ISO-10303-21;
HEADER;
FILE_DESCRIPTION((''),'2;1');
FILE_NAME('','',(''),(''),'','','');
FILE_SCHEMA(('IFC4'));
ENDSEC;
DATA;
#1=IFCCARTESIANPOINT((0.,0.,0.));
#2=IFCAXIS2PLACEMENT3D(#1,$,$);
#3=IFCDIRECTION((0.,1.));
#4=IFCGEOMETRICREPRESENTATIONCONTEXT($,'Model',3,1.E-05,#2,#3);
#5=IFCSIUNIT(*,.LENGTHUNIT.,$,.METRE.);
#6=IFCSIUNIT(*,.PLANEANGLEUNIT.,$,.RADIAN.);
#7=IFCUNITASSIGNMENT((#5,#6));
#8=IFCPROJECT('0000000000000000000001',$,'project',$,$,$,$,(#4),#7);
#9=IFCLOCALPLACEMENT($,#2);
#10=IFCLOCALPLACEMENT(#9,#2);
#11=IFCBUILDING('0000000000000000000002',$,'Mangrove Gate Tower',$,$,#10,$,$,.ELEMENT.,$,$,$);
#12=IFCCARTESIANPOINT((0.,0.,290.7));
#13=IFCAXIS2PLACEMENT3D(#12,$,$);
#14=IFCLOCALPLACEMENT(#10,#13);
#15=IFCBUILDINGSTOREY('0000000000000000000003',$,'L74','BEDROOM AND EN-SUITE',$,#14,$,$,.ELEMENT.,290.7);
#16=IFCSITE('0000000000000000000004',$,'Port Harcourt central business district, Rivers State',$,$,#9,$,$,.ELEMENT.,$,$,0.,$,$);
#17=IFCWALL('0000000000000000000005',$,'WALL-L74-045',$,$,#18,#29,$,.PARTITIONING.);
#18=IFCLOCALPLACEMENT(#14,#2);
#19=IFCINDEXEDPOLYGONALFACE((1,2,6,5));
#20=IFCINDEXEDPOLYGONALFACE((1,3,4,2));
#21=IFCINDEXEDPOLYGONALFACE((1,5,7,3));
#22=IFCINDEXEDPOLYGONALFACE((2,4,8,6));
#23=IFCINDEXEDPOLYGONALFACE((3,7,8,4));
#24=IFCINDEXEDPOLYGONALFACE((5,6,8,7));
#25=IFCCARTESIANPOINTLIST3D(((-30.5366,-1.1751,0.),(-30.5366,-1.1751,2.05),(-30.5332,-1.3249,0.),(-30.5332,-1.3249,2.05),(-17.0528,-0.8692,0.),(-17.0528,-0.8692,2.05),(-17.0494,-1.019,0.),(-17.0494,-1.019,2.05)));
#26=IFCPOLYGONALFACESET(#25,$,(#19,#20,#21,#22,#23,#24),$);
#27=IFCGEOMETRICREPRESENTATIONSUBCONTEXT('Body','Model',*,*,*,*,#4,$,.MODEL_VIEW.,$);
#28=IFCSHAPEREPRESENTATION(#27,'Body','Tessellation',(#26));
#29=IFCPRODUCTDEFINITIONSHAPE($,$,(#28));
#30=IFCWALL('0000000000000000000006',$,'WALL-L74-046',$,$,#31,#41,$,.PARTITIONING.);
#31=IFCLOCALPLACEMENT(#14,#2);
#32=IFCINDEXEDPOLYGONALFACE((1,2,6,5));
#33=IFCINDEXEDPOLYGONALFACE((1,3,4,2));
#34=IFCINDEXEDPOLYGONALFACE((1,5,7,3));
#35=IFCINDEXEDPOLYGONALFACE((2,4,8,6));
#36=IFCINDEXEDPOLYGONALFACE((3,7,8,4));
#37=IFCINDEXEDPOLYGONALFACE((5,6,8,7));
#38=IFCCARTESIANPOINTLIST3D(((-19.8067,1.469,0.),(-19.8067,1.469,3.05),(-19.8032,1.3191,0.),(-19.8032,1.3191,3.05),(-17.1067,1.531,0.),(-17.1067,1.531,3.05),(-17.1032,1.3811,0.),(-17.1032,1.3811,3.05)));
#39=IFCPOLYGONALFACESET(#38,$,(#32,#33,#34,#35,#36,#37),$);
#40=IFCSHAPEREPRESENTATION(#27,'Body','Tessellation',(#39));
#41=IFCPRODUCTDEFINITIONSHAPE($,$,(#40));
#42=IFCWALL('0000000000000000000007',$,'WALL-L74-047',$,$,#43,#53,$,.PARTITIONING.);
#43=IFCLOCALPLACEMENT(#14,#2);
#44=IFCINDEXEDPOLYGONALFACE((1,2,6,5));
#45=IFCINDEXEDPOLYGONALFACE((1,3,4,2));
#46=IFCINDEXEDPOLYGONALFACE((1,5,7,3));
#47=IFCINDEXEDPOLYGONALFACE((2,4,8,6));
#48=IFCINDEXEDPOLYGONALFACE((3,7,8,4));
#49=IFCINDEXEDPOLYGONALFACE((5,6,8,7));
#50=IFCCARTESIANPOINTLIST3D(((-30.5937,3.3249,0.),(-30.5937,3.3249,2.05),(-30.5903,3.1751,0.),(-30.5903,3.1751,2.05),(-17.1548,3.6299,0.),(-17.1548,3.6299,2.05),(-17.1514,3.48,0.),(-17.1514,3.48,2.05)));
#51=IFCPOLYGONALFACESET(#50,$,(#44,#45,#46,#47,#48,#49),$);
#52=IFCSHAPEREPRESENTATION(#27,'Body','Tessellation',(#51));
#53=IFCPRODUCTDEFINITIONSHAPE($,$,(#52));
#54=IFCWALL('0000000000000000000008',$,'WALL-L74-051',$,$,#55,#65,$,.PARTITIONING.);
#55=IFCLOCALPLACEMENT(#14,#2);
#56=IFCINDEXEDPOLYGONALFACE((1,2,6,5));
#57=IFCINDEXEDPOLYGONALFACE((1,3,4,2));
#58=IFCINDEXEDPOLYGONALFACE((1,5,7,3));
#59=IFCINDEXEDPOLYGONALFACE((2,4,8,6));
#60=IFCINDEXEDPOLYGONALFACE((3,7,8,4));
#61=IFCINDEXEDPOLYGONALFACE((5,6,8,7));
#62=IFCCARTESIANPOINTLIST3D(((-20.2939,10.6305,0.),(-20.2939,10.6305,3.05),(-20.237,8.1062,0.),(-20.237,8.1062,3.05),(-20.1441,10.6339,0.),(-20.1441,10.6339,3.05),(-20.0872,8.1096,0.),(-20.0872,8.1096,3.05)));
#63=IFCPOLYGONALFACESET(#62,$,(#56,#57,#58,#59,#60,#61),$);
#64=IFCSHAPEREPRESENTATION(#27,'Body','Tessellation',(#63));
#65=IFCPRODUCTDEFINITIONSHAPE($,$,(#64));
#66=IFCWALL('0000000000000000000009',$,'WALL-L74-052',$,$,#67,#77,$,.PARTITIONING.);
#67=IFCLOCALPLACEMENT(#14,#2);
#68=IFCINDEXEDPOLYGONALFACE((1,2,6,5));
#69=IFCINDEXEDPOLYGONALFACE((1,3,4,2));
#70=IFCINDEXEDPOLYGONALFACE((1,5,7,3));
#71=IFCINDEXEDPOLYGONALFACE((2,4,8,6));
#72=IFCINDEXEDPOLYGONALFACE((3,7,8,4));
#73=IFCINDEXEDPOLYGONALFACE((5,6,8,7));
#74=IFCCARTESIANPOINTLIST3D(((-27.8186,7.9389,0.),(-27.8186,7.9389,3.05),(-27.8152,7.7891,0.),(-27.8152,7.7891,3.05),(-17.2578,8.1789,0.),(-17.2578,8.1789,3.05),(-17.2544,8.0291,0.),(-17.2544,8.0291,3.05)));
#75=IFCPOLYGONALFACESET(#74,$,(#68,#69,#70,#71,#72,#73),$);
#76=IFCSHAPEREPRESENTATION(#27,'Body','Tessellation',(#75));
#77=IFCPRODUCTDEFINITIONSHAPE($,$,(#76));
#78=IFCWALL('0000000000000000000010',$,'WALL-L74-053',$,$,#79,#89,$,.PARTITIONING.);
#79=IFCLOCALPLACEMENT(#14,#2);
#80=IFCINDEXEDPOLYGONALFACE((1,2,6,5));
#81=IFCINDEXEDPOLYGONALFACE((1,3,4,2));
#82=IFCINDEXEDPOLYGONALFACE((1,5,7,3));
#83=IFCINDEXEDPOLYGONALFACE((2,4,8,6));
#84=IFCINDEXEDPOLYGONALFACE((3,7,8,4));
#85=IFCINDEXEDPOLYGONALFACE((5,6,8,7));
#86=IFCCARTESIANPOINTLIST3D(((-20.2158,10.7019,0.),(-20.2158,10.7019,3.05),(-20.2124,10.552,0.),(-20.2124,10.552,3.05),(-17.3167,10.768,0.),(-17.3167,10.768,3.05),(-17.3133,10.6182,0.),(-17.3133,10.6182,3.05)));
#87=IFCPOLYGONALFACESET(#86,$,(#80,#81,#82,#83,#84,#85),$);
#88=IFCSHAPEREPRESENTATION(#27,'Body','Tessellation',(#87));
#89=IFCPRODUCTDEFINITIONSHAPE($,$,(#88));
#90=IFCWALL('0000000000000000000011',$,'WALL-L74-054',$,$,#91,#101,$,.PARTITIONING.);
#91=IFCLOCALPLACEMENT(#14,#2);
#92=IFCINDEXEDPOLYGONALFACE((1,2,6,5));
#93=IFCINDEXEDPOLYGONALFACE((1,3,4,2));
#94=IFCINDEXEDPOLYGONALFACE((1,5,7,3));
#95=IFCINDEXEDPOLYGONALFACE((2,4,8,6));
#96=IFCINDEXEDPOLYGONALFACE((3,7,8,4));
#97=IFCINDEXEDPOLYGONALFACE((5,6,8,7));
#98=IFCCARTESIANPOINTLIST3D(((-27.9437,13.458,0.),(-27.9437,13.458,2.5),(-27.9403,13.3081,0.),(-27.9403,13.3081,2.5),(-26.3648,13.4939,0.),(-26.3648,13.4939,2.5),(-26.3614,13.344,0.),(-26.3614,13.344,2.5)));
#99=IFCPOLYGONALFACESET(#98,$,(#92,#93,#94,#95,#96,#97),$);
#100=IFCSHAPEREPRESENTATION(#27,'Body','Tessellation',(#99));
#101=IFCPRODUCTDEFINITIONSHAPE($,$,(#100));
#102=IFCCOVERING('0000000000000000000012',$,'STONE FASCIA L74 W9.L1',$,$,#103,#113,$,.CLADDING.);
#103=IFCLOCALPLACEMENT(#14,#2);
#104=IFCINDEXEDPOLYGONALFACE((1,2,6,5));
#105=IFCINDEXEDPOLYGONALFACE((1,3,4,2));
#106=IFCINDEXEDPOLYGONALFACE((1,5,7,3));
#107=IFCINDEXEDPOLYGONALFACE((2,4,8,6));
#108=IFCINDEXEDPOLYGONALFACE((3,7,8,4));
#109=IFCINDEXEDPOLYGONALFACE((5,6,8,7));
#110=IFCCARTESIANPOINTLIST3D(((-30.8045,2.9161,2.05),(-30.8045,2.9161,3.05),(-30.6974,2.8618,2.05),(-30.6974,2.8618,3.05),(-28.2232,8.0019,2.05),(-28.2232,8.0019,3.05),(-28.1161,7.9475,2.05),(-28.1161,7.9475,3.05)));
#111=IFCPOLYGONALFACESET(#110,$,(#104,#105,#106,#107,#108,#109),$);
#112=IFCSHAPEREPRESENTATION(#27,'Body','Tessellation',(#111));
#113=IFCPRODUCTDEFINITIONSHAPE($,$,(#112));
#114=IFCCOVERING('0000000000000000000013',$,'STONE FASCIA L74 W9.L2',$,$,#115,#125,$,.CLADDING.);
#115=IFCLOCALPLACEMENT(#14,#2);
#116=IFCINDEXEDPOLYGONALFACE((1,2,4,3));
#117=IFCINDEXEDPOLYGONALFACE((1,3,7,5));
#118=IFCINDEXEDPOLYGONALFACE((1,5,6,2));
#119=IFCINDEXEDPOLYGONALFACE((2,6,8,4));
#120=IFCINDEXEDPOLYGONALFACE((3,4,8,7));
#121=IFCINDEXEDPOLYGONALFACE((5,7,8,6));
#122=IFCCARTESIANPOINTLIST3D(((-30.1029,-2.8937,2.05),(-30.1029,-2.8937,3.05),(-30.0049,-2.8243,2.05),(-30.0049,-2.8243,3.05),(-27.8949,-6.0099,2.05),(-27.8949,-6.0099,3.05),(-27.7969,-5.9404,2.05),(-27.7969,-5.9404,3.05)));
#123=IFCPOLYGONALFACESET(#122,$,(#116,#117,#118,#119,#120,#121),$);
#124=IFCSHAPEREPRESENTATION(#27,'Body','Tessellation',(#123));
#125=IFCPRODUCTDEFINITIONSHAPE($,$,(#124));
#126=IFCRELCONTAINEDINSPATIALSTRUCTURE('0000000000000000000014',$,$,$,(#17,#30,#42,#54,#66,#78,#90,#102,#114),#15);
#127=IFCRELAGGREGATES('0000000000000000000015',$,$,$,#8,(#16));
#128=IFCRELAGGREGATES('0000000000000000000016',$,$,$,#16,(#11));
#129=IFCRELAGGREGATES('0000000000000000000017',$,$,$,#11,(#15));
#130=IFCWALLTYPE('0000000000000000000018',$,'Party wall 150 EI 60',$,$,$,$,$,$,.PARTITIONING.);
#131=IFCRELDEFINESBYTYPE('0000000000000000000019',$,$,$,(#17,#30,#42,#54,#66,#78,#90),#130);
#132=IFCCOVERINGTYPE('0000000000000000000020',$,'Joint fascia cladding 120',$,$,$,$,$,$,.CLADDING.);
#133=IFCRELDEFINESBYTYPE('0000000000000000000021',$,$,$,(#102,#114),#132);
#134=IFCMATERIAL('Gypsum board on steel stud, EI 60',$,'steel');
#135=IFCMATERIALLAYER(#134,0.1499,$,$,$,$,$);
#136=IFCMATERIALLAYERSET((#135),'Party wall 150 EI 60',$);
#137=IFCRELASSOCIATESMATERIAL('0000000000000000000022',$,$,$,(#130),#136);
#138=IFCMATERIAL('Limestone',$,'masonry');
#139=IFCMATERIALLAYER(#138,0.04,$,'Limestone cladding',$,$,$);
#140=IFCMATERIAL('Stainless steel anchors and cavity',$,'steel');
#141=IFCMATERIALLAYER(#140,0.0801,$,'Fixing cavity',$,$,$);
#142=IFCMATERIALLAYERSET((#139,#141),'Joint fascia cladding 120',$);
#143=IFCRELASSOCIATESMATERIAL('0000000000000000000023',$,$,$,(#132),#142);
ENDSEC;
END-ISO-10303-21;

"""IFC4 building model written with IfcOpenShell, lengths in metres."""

from ifc_helpers import new_model, si_unit, direction, frame, frame_2d, origin, place, context, subcontext, project, spatial, rectangle, extrude, material, layer, layer_set, type_object, element, save


model = new_model("IFC4")

# Units and contexts
model_context = context("Model", 3, precision=1e-05, world=origin(), true_north=direction((0.0, 1.0)))
body_context = subcontext(model_context, "Body", "Model", "MODEL_VIEW")
ifc_project = project(units=[si_unit("LENGTHUNIT", "METRE"), si_unit("PLANEANGLEUNIT", "RADIAN")], contexts=[model_context])

# Site, building, storey
site_placement = place(None, origin())
site = spatial("IfcSite", under=ifc_project, at=site_placement, Name="Port Harcourt central business district, Rivers State", CompositionType="ELEMENT", RefElevation=0.0)
building_placement = place(site_placement, origin())
building = spatial("IfcBuilding", under=site, at=building_placement, Name="Mangrove Gate Tower", CompositionType="ELEMENT")
storey_placement = place(building_placement, frame((0.0, 0.0, 290.7)))
storey = spatial("IfcBuildingStorey", under=building, at=storey_placement, Name="L74", Description="BEDROOM AND EN-SUITE", CompositionType="ELEMENT", Elevation=290.7)

# Shared definitions
ifc_material_1 = material(Name="Limestone", Category="masonry")

# Walls
ifc_material_2 = material(Name="Gypsum board on steel stud, EI 60", Category="steel")
ifc_layer_1 = layer(ifc_material_2, 0.1499)
ifc_layer_set_1 = layer_set([ifc_layer_1], Name="Party wall 150 EI 60")
wall_type_1 = type_object("IfcWallType", Name="Party wall 150 EI 60", PredefinedType="PARTITIONING", material=ifc_layer_set_1)
wall_1_placement = place(storey_placement, frame((-30.5349, -1.25, 0.0), z_axis=(0.0, 0.0, 1.0), x_axis=(0.999743, 0.022681, 0.0)))
element("IfcWall", 1, at=wall_1_placement, inside=storey, type_object=wall_type_1, Name="WALL-L74-045", PredefinedType="PARTITIONING", context=body_context, shape_type="SweptSolid", body=[
    extrude(rectangle(XDim=13.4873, YDim=0.1499, at=frame_2d((6.7437, 0.0))), origin(), (0.0, 0.0, 1.0), 2.05),
])
wall_2_placement = place(storey_placement, frame((-19.8049, 1.394, 0.0), z_axis=(0.0, 0.0, 1.0), x_axis=(0.999736, 0.022962, 0.0)))
element("IfcWall", 2, at=wall_2_placement, inside=storey, type_object=wall_type_1, Name="WALL-L74-046", PredefinedType="PARTITIONING", context=body_context, shape_type="SweptSolid", body=[
    extrude(rectangle(XDim=2.7007, YDim=0.1499, at=frame_2d((1.3503, 0.0))), origin(), (0.0, 0.0, 1.0), 3.05),
])
wall_3_placement = place(storey_placement, frame((-30.592, 3.25, 0.0), z_axis=(0.0, 0.0, 1.0), x_axis=(0.999743, 0.022684, 0.0)))
element("IfcWall", 3, at=wall_3_placement, inside=storey, type_object=wall_type_1, Name="WALL-L74-047", PredefinedType="PARTITIONING", context=body_context, shape_type="SweptSolid", body=[
    extrude(rectangle(XDim=13.4424, YDim=0.1499, at=frame_2d((6.7212, 0.0))), origin(), (0.0, 0.0, 1.0), 2.05),
])
wall_4_placement = place(storey_placement, frame((-20.1621, 8.1079, 0.0), z_axis=(0.0, 0.0, 1.0), x_axis=(-0.02253, 0.999746, 0.0)))
element("IfcWall", 4, at=wall_4_placement, inside=storey, type_object=wall_type_1, Name="WALL-L74-051", PredefinedType="PARTITIONING", context=body_context, shape_type="SweptSolid", body=[
    extrude(rectangle(XDim=2.5249, YDim=0.1499, at=frame_2d((1.2625, 0.0))), origin(), (0.0, 0.0, 1.0), 3.05),
])
wall_5_placement = place(storey_placement, frame((-27.8169, 7.864, 0.0), z_axis=(0.0, 0.0, 1.0), x_axis=(0.999742, 0.022719, 0.0)))
element("IfcWall", 5, at=wall_5_placement, inside=storey, type_object=wall_type_1, Name="WALL-L74-052", PredefinedType="PARTITIONING", context=body_context, shape_type="SweptSolid", body=[
    extrude(rectangle(XDim=10.5635, YDim=0.1499, at=frame_2d((5.2817, 0.0))), origin(), (0.0, 0.0, 1.0), 3.05),
])
wall_6_placement = place(storey_placement, frame((-20.2141, 10.627, 0.0), z_axis=(0.0, 0.0, 1.0), x_axis=(0.99974, 0.022815, 0.0)))
element("IfcWall", 6, at=wall_6_placement, inside=storey, type_object=wall_type_1, Name="WALL-L74-053", PredefinedType="PARTITIONING", context=body_context, shape_type="SweptSolid", body=[
    extrude(rectangle(XDim=2.8999, YDim=0.1499, at=frame_2d((1.45, 0.0))), origin(), (0.0, 0.0, 1.0), 3.05),
])
wall_7_placement = place(storey_placement, frame((-27.9419, 13.3831, 0.0), z_axis=(0.0, 0.0, 1.0), x_axis=(0.999742, 0.022725, 0.0)))
element("IfcWall", 7, at=wall_7_placement, inside=storey, type_object=wall_type_1, Name="WALL-L74-054", PredefinedType="PARTITIONING", context=body_context, shape_type="SweptSolid", body=[
    extrude(rectangle(XDim=1.5793, YDim=0.1499, at=frame_2d((0.7896, 0.0))), origin(), (0.0, 0.0, 1.0), 2.5),
])

# Coverings
ifc_layer_2 = layer(ifc_material_1, 0.04, Name="Limestone cladding")
ifc_material_3 = material(Name="Stainless steel anchors and cavity", Category="steel")
ifc_layer_3 = layer(ifc_material_3, 0.0801, Name="Fixing cavity")
ifc_layer_set_2 = layer_set([ifc_layer_2, ifc_layer_3], Name="Joint fascia cladding 120")
covering_type = type_object("IfcCoveringType", Name="Joint fascia cladding 120", PredefinedType="CLADDING", material=ifc_layer_set_2)
covering_1_placement = place(storey_placement, frame((-28.1697, 7.9746, 2.05), z_axis=(0.0, 0.0, 1.0), x_axis=(-0.452599, -0.891714, 0.0)))
element("IfcCovering", 8, at=covering_1_placement, inside=storey, type_object=covering_type, Name="STONE FASCIA L74 W9.L1", PredefinedType="CLADDING", context=body_context, shape_type="SweptSolid", body=[
    extrude(rectangle(XDim=5.7034, YDim=0.1201, at=frame_2d((2.8516, 0.0))), origin(), (0.0, 0.0, 1.0), 1.0),
])
covering_2_placement = place(storey_placement, frame((-30.054, -2.8589, 2.05), z_axis=(0.0, 0.0, 1.0), x_axis=(0.578138, -0.815939, 0.0)))
element("IfcCovering", 9, at=covering_2_placement, inside=storey, type_object=covering_type, Name="STONE FASCIA L74 W9.L2", PredefinedType="CLADDING", context=body_context, shape_type="SweptSolid", body=[
    extrude(rectangle(XDim=3.8191, YDim=0.1201, at=frame_2d((1.9097, 0.0))), origin(), (0.0, 0.0, 1.0), 1.0),
])

save(model, "model.ifc")
